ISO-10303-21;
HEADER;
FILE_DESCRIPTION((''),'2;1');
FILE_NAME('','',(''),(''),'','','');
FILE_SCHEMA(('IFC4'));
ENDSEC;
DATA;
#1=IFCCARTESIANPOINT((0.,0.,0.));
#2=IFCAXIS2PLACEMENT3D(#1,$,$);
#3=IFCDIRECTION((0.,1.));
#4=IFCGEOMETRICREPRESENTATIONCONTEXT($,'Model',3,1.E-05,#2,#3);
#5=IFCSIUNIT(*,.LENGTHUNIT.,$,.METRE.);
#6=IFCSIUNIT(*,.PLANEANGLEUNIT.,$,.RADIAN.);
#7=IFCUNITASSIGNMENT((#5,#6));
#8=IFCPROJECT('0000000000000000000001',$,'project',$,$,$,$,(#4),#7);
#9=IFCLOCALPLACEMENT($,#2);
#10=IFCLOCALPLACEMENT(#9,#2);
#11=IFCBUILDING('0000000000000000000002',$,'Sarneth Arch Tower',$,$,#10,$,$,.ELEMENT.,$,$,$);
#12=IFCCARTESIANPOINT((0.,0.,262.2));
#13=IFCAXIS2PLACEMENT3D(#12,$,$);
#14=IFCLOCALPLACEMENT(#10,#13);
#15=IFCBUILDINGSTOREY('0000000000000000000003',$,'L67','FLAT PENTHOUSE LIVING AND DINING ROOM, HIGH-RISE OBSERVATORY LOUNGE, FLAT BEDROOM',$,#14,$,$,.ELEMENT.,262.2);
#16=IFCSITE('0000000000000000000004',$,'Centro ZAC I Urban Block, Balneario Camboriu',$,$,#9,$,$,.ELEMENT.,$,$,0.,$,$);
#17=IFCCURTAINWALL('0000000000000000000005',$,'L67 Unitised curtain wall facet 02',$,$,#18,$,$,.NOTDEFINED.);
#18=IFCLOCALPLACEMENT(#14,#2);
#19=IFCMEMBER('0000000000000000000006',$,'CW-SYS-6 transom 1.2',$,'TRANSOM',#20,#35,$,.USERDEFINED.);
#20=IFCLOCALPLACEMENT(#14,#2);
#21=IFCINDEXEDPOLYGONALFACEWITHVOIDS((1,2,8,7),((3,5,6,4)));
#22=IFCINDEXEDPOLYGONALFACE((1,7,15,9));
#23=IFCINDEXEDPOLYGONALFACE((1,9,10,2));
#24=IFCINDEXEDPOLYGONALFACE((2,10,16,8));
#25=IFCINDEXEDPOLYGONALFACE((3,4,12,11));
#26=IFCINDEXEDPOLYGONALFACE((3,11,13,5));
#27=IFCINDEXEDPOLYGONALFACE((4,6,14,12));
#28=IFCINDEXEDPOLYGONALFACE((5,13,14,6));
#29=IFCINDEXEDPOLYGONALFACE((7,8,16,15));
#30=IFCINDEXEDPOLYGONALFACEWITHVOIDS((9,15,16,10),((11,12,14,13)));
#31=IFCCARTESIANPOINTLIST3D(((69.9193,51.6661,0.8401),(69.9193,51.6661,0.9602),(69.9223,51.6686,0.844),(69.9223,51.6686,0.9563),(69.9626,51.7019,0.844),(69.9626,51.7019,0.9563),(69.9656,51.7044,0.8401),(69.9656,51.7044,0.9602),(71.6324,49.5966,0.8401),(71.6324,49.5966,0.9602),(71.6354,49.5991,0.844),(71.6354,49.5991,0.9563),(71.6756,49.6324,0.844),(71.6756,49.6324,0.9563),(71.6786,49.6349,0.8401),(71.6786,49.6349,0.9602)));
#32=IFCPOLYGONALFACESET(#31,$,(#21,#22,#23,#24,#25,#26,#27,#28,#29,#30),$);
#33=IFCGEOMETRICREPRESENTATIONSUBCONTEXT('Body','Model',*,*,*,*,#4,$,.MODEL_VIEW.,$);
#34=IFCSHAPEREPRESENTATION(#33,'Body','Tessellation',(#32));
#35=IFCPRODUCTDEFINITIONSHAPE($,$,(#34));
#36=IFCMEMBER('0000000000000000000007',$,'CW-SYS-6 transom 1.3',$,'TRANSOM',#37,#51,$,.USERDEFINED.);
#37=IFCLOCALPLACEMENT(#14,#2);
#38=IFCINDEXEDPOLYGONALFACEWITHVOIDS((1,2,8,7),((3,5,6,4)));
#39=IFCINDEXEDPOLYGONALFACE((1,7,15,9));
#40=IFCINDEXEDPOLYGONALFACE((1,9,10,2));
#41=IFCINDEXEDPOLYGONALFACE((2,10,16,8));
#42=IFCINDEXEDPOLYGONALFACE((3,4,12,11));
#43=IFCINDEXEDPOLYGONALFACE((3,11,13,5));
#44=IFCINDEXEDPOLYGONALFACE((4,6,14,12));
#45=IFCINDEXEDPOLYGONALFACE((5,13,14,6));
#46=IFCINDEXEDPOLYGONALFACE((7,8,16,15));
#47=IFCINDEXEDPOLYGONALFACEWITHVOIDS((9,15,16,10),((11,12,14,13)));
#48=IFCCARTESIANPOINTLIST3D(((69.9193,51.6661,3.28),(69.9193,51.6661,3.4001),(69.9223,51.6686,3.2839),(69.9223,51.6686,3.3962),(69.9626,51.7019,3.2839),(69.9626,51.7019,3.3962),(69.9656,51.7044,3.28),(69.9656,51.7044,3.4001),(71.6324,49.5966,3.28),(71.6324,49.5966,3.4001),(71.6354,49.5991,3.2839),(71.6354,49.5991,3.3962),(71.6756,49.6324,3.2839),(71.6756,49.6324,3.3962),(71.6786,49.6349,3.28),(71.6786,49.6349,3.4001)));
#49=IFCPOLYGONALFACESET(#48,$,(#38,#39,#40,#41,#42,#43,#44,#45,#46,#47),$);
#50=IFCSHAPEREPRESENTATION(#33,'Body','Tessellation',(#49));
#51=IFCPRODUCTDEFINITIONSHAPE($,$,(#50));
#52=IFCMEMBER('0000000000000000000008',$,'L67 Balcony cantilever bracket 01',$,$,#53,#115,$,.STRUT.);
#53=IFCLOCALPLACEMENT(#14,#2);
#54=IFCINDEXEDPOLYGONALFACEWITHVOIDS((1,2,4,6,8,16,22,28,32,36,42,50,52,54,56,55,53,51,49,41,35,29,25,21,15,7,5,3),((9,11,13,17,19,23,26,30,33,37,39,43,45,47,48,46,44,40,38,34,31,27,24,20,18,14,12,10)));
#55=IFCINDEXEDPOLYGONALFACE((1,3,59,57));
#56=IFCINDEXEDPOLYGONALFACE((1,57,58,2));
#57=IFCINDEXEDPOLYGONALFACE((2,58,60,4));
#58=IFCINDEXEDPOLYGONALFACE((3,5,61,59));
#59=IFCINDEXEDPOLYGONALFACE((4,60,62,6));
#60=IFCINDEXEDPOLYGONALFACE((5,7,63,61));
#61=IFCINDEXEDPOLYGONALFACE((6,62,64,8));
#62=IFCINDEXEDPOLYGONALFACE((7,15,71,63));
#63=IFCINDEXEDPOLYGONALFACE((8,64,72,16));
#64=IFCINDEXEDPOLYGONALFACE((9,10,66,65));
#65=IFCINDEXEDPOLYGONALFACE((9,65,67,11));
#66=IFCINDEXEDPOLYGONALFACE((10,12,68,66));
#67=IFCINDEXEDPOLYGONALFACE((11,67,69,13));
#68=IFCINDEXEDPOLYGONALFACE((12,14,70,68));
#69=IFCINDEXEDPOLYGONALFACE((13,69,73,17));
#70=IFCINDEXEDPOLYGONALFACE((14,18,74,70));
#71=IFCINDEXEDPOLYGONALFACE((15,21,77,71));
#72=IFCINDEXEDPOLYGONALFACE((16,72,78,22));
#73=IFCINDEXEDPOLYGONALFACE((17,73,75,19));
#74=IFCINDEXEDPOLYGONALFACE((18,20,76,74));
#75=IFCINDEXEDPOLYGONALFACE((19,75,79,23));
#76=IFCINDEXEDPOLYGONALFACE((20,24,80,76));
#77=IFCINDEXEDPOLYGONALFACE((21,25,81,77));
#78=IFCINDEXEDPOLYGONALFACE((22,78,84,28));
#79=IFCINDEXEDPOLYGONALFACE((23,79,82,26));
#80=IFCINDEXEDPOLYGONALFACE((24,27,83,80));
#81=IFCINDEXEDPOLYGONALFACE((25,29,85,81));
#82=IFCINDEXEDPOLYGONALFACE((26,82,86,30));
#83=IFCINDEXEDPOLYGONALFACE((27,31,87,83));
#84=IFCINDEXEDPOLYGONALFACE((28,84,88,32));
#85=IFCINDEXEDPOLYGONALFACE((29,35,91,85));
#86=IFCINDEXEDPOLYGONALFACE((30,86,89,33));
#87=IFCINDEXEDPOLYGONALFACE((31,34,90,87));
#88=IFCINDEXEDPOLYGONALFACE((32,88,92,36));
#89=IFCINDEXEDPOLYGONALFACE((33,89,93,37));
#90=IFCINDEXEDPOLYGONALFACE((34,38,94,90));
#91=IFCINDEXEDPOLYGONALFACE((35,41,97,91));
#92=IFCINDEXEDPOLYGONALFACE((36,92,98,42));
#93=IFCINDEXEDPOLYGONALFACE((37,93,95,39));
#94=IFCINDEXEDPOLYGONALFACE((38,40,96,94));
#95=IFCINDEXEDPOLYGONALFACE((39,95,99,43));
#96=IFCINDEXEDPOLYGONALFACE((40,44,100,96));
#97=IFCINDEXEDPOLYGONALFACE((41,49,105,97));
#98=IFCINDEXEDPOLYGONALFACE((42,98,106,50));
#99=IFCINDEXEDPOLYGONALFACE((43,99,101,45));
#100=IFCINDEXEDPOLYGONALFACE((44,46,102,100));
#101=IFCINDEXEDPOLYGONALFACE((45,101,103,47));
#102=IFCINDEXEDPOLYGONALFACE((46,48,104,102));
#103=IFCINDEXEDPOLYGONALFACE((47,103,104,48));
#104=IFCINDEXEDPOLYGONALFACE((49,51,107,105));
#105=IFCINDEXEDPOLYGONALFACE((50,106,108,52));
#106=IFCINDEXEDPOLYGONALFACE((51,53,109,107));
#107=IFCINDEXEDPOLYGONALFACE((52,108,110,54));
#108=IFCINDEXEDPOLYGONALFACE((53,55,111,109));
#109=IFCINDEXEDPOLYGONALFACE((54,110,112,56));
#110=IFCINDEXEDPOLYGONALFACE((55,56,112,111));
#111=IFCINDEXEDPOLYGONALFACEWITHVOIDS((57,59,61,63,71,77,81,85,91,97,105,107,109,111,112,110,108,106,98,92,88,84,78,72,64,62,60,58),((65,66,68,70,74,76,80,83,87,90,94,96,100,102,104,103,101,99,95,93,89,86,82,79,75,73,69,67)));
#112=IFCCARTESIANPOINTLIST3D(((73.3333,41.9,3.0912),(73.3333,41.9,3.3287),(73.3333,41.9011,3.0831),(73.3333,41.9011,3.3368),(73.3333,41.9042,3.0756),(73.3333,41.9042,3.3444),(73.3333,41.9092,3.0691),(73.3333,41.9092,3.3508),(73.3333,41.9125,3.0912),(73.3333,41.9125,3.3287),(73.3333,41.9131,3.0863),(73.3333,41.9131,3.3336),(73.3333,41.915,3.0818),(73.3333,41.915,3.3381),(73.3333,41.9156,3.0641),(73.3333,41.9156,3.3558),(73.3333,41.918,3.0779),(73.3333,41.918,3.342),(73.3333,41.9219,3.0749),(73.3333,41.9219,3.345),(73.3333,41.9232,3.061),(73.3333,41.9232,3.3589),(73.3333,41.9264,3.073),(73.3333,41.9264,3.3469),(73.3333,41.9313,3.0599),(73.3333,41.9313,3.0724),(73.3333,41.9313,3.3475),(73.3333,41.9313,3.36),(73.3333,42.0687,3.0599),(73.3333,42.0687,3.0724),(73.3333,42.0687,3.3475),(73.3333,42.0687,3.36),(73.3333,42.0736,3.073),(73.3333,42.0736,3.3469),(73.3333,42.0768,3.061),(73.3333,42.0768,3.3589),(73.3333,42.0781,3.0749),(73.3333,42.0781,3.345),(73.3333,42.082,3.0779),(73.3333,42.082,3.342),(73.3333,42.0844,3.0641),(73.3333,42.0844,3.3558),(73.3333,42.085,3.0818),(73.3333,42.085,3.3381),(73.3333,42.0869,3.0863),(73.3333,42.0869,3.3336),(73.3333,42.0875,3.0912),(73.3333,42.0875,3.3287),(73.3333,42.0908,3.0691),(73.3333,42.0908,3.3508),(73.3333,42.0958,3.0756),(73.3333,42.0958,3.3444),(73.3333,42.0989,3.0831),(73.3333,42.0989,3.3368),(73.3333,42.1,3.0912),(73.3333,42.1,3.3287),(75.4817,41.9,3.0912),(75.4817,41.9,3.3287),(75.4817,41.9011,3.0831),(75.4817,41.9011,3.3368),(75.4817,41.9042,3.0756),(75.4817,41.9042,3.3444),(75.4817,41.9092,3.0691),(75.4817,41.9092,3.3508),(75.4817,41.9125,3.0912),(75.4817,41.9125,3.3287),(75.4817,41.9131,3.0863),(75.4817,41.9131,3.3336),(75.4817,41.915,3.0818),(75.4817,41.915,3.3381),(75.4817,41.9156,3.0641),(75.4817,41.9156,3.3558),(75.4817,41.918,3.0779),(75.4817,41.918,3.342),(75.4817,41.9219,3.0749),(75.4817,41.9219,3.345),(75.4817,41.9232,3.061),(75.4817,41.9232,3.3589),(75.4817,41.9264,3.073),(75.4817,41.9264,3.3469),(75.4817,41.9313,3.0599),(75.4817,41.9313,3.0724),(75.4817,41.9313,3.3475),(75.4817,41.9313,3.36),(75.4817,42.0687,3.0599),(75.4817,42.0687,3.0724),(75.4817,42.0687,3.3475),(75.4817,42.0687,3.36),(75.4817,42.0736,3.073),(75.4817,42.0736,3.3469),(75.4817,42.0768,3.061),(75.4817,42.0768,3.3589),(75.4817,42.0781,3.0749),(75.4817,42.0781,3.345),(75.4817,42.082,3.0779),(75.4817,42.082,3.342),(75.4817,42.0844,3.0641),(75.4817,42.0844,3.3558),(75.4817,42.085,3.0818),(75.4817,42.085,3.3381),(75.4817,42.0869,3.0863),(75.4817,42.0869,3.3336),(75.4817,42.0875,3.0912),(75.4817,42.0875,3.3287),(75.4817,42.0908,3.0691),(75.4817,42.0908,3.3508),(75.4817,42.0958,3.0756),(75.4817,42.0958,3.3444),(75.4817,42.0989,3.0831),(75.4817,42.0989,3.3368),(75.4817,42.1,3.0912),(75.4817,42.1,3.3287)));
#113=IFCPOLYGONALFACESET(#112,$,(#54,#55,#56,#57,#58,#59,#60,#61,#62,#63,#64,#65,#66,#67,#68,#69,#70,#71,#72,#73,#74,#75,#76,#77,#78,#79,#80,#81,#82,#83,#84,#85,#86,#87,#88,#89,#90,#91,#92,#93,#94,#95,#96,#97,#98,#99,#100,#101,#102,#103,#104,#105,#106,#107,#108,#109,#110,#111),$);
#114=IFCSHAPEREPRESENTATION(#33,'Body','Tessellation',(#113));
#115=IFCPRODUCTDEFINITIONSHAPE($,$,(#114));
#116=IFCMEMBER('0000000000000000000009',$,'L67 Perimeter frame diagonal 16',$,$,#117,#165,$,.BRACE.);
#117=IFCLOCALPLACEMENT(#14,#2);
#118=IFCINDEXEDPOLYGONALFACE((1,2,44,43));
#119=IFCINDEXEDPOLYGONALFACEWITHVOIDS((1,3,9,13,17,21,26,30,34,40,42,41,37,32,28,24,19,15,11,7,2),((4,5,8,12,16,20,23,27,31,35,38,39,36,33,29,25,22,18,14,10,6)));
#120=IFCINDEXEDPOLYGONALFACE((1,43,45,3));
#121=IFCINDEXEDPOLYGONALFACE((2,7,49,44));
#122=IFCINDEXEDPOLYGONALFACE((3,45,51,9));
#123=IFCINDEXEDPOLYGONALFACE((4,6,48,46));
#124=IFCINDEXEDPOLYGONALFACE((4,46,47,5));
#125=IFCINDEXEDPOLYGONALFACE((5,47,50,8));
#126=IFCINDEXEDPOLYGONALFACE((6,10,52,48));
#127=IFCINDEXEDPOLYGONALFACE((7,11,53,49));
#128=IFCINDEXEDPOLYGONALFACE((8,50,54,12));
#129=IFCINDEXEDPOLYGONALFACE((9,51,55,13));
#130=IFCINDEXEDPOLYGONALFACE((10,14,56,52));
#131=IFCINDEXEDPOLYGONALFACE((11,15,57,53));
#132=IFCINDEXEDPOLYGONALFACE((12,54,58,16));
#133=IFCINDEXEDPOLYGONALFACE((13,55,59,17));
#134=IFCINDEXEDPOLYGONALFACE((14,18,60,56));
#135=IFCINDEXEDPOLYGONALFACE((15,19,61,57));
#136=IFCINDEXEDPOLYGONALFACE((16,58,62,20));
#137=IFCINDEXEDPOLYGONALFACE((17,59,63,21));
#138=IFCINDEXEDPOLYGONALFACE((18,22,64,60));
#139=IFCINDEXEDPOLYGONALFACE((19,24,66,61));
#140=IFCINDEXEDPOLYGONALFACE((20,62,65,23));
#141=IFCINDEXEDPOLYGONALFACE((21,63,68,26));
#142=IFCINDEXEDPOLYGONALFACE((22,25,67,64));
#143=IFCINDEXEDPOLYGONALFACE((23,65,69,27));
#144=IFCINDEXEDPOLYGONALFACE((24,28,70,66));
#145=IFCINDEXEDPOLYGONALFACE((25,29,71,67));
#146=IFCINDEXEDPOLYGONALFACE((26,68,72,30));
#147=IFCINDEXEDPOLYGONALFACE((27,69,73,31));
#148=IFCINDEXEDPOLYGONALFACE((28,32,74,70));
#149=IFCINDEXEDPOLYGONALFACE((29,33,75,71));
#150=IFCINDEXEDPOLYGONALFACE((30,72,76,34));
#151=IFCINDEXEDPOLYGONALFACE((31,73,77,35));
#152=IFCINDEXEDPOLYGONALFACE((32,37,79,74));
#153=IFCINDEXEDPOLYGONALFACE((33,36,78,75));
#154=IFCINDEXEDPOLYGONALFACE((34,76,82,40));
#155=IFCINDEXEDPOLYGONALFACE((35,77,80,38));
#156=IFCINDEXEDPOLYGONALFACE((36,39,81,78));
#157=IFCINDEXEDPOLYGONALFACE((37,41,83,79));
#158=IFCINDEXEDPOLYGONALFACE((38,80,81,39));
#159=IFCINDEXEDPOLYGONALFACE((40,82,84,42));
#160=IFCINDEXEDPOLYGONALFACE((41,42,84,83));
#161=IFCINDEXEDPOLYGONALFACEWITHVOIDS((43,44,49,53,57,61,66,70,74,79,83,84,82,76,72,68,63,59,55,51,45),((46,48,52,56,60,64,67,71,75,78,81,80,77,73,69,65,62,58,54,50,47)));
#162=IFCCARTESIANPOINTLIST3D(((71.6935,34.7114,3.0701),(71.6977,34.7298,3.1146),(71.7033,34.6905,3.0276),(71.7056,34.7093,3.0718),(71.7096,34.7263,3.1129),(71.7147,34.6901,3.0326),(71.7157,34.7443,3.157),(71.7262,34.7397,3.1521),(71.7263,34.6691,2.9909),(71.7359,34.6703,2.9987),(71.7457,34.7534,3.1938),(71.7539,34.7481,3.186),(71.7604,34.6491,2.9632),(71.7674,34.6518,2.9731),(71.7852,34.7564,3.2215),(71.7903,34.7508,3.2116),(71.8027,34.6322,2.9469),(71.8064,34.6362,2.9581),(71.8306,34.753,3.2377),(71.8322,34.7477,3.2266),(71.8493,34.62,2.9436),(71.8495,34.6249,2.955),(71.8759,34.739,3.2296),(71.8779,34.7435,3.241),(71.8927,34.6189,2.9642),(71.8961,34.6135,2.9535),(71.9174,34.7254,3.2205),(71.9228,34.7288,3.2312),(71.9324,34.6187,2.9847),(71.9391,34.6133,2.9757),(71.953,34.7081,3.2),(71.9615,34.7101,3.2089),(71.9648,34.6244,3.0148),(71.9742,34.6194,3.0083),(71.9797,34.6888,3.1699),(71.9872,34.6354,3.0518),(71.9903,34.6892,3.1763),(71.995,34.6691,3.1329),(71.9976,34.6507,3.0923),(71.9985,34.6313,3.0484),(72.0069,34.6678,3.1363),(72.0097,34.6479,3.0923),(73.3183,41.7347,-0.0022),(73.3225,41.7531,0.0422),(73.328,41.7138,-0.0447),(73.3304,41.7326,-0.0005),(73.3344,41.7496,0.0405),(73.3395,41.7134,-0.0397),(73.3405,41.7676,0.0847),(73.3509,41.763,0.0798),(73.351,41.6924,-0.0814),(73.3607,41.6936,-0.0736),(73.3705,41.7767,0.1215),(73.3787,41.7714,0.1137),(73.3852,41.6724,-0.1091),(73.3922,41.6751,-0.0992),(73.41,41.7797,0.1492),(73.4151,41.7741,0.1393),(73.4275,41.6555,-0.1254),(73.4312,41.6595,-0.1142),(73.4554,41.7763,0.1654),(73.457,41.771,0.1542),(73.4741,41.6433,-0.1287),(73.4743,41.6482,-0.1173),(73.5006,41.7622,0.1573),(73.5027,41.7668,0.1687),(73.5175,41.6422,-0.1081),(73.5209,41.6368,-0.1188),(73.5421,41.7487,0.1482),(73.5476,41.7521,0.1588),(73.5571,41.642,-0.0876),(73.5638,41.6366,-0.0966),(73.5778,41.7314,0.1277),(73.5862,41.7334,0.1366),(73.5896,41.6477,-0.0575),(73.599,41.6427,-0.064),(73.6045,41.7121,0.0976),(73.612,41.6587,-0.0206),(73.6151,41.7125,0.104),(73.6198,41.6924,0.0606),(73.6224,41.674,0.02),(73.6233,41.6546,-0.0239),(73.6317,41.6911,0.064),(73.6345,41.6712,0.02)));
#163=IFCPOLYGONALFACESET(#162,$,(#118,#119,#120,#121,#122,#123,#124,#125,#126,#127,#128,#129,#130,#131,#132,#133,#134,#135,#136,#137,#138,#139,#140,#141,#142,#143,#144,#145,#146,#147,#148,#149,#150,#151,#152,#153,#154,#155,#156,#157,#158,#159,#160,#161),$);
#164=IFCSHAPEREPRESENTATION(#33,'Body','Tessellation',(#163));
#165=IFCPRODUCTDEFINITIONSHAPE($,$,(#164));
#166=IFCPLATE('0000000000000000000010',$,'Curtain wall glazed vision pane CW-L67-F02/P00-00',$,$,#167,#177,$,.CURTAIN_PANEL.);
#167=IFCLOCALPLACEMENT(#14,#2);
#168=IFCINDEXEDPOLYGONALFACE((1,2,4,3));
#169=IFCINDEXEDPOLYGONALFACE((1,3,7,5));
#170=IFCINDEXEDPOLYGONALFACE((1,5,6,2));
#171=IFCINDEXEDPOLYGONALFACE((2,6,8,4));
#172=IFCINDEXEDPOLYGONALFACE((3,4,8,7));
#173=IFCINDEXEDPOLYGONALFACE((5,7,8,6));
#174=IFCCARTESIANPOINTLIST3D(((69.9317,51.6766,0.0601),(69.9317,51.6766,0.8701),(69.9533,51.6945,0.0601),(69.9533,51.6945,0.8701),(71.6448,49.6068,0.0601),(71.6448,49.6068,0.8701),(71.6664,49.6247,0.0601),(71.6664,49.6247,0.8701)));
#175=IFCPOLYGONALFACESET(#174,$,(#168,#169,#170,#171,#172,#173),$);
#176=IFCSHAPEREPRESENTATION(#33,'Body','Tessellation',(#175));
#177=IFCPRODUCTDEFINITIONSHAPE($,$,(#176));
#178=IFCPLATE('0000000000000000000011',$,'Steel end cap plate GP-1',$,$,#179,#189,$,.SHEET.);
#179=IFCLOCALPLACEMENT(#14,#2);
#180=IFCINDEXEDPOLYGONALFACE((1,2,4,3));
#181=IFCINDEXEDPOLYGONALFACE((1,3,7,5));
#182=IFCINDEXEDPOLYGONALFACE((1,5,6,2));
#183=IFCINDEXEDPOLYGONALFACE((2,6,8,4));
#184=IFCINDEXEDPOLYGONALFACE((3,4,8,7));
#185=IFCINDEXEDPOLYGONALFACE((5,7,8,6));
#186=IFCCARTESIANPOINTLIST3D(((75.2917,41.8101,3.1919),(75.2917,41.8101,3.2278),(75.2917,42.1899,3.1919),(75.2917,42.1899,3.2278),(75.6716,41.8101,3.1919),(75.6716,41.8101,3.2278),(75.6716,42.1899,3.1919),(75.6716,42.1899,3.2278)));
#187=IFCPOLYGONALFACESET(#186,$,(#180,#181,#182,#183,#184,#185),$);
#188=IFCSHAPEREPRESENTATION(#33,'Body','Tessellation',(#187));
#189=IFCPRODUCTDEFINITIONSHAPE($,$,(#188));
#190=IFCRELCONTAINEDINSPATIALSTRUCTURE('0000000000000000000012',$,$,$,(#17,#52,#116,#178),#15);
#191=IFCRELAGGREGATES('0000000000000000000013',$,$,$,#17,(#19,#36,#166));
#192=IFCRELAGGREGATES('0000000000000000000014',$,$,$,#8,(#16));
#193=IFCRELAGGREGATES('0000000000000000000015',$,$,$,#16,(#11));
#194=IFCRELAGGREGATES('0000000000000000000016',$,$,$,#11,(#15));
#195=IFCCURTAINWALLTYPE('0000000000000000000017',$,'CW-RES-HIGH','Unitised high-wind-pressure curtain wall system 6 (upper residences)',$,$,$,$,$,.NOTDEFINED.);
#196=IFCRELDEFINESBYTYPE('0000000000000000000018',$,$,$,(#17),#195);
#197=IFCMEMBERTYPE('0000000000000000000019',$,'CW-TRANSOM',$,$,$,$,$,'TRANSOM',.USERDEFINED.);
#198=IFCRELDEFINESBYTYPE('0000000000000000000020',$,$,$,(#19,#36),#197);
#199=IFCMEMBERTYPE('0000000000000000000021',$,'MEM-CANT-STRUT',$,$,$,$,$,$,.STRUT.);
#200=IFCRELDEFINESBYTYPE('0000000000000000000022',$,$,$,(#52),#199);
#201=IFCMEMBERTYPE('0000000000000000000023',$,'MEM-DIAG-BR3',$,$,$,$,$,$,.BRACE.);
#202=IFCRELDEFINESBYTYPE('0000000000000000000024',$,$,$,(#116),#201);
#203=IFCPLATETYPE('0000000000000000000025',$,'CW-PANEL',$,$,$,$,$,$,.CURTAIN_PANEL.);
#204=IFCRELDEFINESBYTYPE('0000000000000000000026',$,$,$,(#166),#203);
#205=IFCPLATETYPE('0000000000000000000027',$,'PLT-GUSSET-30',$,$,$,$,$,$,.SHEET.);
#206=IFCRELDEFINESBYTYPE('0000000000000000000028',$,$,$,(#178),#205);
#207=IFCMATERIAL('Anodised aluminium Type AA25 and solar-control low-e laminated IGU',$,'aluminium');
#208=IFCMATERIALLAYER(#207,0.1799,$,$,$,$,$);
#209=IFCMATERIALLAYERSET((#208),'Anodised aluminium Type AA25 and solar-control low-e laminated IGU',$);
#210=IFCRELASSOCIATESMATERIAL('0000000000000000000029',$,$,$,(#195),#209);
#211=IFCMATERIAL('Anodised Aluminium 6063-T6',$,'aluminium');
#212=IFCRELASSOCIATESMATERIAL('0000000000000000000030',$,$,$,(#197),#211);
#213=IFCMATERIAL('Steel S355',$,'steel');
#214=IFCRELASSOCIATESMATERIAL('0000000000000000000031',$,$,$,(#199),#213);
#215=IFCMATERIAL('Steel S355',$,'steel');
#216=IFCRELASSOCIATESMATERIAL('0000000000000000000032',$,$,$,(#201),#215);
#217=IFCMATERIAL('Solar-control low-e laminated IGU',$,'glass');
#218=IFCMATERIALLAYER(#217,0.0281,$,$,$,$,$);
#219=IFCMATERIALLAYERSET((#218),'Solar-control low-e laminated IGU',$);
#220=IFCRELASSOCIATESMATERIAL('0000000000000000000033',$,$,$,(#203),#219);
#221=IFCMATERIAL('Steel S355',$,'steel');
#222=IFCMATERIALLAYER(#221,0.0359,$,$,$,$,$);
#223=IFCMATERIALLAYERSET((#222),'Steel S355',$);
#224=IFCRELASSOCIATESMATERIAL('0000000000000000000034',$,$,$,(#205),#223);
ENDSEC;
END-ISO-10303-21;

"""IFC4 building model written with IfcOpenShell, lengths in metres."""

from ifc_helpers import new_model, si_unit, direction, frame, origin, origin_2d, place, context, subcontext, project, spatial, rectangle, hollow_rectangle, hollow_circle, extrude, material, layer, layer_set, material_profile, profile_set, type_object, element, aggregate, save


model = new_model("IFC4")

# Units and contexts
model_context = context("Model", 3, precision=1e-05, world=origin(), true_north=direction((0.0, 1.0)))
body_context = subcontext(model_context, "Body", "Model", "MODEL_VIEW")
ifc_project = project(units=[si_unit("LENGTHUNIT", "METRE"), si_unit("PLANEANGLEUNIT", "RADIAN")], contexts=[model_context])

# Site, building, storey
site_placement = place(None, origin())
site = spatial("IfcSite", under=ifc_project, at=site_placement, Name="Centro ZAC I Urban Block, Balneario Camboriu", CompositionType="ELEMENT", RefElevation=0.0)
building_placement = place(site_placement, origin())
building = spatial("IfcBuilding", under=site, at=building_placement, Name="Sarneth Arch Tower", CompositionType="ELEMENT")
storey_placement = place(building_placement, frame((0.0, 0.0, 262.2)))
storey = spatial("IfcBuildingStorey", under=building, at=storey_placement, Name="L67", Description="FLAT PENTHOUSE LIVING AND DINING ROOM, HIGH-RISE OBSERVATORY LOUNGE, FLAT BEDROOM", CompositionType="ELEMENT", Elevation=262.2)

# Curtain wall, members
ifc_material_1 = material(Name="Anodised aluminium Type AA25 and solar-control low-e laminated IGU", Category="aluminium")
ifc_layer_1 = layer(ifc_material_1, 0.1799)
ifc_layer_set_1 = layer_set([ifc_layer_1], Name="Anodised aluminium Type AA25 and solar-control low-e laminated IGU")
curtain_wall_type = type_object("IfcCurtainWallType", Name="CW-RES-HIGH", Description="Unitised high-wind-pressure curtain wall system 6 (upper residences)", PredefinedType="NOTDEFINED", material=ifc_layer_set_1)
curtain_wall_placement = place(storey_placement, origin())
curtain_wall = element("IfcCurtainWall", 1, at=curtain_wall_placement, inside=storey, type_object=curtain_wall_type, Name="L67 Unitised curtain wall facet 02", PredefinedType="NOTDEFINED")
ifc_material_2 = material(Name="Anodised Aluminium 6063-T6", Category="aluminium")
ifc_material_profile_1 = material_profile(ifc_material_2, hollow_rectangle(XDim=0.0601, YDim=0.1201, WallThickness=0.0039, at=origin_2d()), Name="AL-TRAN-120x60x4")
ifc_profile_set_1 = profile_set([ifc_material_profile_1], Name="Anodised Aluminium 6063-T6")
member_type_1 = type_object("IfcMemberType", Name="CW-TRANSOM", ElementType="TRANSOM", PredefinedType="USERDEFINED", material=ifc_profile_set_1)
member_1_placement = place(storey_placement, frame((71.6555, 49.6157, 0.9001), z_axis=(-0.637651, 0.770325, 0.0), x_axis=(-0.770325, -0.637651, 0.0)))
member_1 = element("IfcMember", 2, at=member_1_placement, type_object=member_type_1, Name="CW-SYS-6 transom 1.2", ObjectType="TRANSOM", PredefinedType="USERDEFINED", context=body_context, shape_type="SweptSolid", body=[
    extrude(hollow_rectangle(XDim=0.0601, YDim=0.1201, WallThickness=0.0039, at=origin_2d()), origin(), (0.0, 0.0, 1.0), 2.6865),
])
member_2_placement = place(storey_placement, frame((71.6555, 49.6157, 3.3401), z_axis=(-0.637651, 0.770325, 0.0), x_axis=(-0.770325, -0.637651, 0.0)))
member_2 = element("IfcMember", 3, at=member_2_placement, type_object=member_type_1, Name="CW-SYS-6 transom 1.3", ObjectType="TRANSOM", PredefinedType="USERDEFINED", context=body_context, shape_type="SweptSolid", body=[
    extrude(hollow_rectangle(XDim=0.0601, YDim=0.1201, WallThickness=0.0039, at=origin_2d()), origin(), (0.0, 0.0, 1.0), 2.6865),
])

# Members
ifc_material_3 = material(Name="Steel S355", Category="steel")
ifc_material_profile_2 = material_profile(ifc_material_3, hollow_rectangle(XDim=0.2, YDim=0.3, WallThickness=0.0125, InnerFilletRadius=0.0188, OuterFilletRadius=0.0312, at=origin_2d()), Name="RHS300x200x12.5")
ifc_profile_set_2 = profile_set([ifc_material_profile_2], Name="Steel S355")
member_type_2 = type_object("IfcMemberType", Name="MEM-CANT-STRUT", PredefinedType="STRUT", material=ifc_profile_set_2)
member_3_placement = place(storey_placement, frame((73.3333, 42.0, 3.21), z_axis=(1.0, 0.0, 0.0), x_axis=(0.0, 1.0, 0.0)))
element("IfcMember", 4, at=member_3_placement, inside=storey, type_object=member_type_2, Name="L67 Balcony cantilever bracket 01", PredefinedType="STRUT", context=body_context, shape_type="SweptSolid", body=[
    extrude(hollow_rectangle(XDim=0.2, YDim=0.3, WallThickness=0.0125, InnerFilletRadius=0.0188, OuterFilletRadius=0.0312, at=origin_2d()), origin(), (0.0, 0.0, 1.0), 2.1484),
])
ifc_material_4 = material(Name="Steel S355", Category="steel")
ifc_material_profile_3 = material_profile(ifc_material_4, hollow_circle(Radius=0.1621, WallThickness=0.0125, at=origin_2d()), Name="CHS324x12.5")
ifc_profile_set_3 = profile_set([ifc_material_profile_3], Name="Steel S355")
member_type_3 = type_object("IfcMemberType", Name="MEM-DIAG-BR3", PredefinedType="BRACE", material=ifc_profile_set_3)
member_4_placement = place(storey_placement, frame((73.4766, 41.7078, 0.02), z_axis=(-0.207343, -0.896265, 0.392067), x_axis=(0.974269, -0.225389, 0.0)))
element("IfcMember", 5, at=member_4_placement, inside=storey, type_object=member_type_3, Name="L67 Perimeter frame diagonal 16", PredefinedType="BRACE", context=body_context, shape_type="SweptSolid", body=[
    extrude(hollow_circle(Radius=0.1621, WallThickness=0.0125, at=origin_2d()), origin(), (0.0, 0.0, 1.0), 7.8362),
])

# Plate
ifc_material_5 = material(Name="Solar-control low-e laminated IGU", Category="glass")
ifc_layer_2 = layer(ifc_material_5, 0.0281)
ifc_layer_set_2 = layer_set([ifc_layer_2], Name="Solar-control low-e laminated IGU")
plate_type_1 = type_object("IfcPlateType", Name="CW-PANEL", PredefinedType="CURTAIN_PANEL", material=ifc_layer_set_2)
plate_1_placement = place(storey_placement, frame((70.7991, 50.6506, 0.0601), z_axis=(0.0, 0.0, 1.0), x_axis=(-0.63761, 0.770359, 0.0)))
plate_1 = element("IfcPlate", 6, at=plate_1_placement, type_object=plate_type_1, Name="Curtain wall glazed vision pane CW-L67-F02/P00-00", PredefinedType="CURTAIN_PANEL", context=body_context, shape_type="SweptSolid", body=[
    extrude(rectangle(XDim=2.6868, YDim=0.0281, at=origin_2d()), origin(), (0.0, 0.0, 1.0), 0.8101),
])
aggregate(curtain_wall, [member_1, member_2, plate_1])

# Plate
ifc_material_6 = material(Name="Steel S355", Category="steel")
ifc_layer_3 = layer(ifc_material_6, 0.0359)
ifc_layer_set_3 = layer_set([ifc_layer_3], Name="Steel S355")
plate_type_2 = type_object("IfcPlateType", Name="PLT-GUSSET-30", PredefinedType="SHEET", material=ifc_layer_set_3)
plate_2_placement = place(storey_placement, frame((75.4817, 42.0, 3.1919), z_axis=(0.0, 0.0, 1.0), x_axis=(1.0, 0.0, 0.0)))
element("IfcPlate", 7, at=plate_2_placement, inside=storey, type_object=plate_type_2, Name="Steel end cap plate GP-1", PredefinedType="SHEET", context=body_context, shape_type="SweptSolid", body=[
    extrude(rectangle(XDim=0.3799, YDim=0.3799, at=origin_2d()), origin(), (0.0, 0.0, 1.0), 0.0359),
])

save(model, "model.ifc")
